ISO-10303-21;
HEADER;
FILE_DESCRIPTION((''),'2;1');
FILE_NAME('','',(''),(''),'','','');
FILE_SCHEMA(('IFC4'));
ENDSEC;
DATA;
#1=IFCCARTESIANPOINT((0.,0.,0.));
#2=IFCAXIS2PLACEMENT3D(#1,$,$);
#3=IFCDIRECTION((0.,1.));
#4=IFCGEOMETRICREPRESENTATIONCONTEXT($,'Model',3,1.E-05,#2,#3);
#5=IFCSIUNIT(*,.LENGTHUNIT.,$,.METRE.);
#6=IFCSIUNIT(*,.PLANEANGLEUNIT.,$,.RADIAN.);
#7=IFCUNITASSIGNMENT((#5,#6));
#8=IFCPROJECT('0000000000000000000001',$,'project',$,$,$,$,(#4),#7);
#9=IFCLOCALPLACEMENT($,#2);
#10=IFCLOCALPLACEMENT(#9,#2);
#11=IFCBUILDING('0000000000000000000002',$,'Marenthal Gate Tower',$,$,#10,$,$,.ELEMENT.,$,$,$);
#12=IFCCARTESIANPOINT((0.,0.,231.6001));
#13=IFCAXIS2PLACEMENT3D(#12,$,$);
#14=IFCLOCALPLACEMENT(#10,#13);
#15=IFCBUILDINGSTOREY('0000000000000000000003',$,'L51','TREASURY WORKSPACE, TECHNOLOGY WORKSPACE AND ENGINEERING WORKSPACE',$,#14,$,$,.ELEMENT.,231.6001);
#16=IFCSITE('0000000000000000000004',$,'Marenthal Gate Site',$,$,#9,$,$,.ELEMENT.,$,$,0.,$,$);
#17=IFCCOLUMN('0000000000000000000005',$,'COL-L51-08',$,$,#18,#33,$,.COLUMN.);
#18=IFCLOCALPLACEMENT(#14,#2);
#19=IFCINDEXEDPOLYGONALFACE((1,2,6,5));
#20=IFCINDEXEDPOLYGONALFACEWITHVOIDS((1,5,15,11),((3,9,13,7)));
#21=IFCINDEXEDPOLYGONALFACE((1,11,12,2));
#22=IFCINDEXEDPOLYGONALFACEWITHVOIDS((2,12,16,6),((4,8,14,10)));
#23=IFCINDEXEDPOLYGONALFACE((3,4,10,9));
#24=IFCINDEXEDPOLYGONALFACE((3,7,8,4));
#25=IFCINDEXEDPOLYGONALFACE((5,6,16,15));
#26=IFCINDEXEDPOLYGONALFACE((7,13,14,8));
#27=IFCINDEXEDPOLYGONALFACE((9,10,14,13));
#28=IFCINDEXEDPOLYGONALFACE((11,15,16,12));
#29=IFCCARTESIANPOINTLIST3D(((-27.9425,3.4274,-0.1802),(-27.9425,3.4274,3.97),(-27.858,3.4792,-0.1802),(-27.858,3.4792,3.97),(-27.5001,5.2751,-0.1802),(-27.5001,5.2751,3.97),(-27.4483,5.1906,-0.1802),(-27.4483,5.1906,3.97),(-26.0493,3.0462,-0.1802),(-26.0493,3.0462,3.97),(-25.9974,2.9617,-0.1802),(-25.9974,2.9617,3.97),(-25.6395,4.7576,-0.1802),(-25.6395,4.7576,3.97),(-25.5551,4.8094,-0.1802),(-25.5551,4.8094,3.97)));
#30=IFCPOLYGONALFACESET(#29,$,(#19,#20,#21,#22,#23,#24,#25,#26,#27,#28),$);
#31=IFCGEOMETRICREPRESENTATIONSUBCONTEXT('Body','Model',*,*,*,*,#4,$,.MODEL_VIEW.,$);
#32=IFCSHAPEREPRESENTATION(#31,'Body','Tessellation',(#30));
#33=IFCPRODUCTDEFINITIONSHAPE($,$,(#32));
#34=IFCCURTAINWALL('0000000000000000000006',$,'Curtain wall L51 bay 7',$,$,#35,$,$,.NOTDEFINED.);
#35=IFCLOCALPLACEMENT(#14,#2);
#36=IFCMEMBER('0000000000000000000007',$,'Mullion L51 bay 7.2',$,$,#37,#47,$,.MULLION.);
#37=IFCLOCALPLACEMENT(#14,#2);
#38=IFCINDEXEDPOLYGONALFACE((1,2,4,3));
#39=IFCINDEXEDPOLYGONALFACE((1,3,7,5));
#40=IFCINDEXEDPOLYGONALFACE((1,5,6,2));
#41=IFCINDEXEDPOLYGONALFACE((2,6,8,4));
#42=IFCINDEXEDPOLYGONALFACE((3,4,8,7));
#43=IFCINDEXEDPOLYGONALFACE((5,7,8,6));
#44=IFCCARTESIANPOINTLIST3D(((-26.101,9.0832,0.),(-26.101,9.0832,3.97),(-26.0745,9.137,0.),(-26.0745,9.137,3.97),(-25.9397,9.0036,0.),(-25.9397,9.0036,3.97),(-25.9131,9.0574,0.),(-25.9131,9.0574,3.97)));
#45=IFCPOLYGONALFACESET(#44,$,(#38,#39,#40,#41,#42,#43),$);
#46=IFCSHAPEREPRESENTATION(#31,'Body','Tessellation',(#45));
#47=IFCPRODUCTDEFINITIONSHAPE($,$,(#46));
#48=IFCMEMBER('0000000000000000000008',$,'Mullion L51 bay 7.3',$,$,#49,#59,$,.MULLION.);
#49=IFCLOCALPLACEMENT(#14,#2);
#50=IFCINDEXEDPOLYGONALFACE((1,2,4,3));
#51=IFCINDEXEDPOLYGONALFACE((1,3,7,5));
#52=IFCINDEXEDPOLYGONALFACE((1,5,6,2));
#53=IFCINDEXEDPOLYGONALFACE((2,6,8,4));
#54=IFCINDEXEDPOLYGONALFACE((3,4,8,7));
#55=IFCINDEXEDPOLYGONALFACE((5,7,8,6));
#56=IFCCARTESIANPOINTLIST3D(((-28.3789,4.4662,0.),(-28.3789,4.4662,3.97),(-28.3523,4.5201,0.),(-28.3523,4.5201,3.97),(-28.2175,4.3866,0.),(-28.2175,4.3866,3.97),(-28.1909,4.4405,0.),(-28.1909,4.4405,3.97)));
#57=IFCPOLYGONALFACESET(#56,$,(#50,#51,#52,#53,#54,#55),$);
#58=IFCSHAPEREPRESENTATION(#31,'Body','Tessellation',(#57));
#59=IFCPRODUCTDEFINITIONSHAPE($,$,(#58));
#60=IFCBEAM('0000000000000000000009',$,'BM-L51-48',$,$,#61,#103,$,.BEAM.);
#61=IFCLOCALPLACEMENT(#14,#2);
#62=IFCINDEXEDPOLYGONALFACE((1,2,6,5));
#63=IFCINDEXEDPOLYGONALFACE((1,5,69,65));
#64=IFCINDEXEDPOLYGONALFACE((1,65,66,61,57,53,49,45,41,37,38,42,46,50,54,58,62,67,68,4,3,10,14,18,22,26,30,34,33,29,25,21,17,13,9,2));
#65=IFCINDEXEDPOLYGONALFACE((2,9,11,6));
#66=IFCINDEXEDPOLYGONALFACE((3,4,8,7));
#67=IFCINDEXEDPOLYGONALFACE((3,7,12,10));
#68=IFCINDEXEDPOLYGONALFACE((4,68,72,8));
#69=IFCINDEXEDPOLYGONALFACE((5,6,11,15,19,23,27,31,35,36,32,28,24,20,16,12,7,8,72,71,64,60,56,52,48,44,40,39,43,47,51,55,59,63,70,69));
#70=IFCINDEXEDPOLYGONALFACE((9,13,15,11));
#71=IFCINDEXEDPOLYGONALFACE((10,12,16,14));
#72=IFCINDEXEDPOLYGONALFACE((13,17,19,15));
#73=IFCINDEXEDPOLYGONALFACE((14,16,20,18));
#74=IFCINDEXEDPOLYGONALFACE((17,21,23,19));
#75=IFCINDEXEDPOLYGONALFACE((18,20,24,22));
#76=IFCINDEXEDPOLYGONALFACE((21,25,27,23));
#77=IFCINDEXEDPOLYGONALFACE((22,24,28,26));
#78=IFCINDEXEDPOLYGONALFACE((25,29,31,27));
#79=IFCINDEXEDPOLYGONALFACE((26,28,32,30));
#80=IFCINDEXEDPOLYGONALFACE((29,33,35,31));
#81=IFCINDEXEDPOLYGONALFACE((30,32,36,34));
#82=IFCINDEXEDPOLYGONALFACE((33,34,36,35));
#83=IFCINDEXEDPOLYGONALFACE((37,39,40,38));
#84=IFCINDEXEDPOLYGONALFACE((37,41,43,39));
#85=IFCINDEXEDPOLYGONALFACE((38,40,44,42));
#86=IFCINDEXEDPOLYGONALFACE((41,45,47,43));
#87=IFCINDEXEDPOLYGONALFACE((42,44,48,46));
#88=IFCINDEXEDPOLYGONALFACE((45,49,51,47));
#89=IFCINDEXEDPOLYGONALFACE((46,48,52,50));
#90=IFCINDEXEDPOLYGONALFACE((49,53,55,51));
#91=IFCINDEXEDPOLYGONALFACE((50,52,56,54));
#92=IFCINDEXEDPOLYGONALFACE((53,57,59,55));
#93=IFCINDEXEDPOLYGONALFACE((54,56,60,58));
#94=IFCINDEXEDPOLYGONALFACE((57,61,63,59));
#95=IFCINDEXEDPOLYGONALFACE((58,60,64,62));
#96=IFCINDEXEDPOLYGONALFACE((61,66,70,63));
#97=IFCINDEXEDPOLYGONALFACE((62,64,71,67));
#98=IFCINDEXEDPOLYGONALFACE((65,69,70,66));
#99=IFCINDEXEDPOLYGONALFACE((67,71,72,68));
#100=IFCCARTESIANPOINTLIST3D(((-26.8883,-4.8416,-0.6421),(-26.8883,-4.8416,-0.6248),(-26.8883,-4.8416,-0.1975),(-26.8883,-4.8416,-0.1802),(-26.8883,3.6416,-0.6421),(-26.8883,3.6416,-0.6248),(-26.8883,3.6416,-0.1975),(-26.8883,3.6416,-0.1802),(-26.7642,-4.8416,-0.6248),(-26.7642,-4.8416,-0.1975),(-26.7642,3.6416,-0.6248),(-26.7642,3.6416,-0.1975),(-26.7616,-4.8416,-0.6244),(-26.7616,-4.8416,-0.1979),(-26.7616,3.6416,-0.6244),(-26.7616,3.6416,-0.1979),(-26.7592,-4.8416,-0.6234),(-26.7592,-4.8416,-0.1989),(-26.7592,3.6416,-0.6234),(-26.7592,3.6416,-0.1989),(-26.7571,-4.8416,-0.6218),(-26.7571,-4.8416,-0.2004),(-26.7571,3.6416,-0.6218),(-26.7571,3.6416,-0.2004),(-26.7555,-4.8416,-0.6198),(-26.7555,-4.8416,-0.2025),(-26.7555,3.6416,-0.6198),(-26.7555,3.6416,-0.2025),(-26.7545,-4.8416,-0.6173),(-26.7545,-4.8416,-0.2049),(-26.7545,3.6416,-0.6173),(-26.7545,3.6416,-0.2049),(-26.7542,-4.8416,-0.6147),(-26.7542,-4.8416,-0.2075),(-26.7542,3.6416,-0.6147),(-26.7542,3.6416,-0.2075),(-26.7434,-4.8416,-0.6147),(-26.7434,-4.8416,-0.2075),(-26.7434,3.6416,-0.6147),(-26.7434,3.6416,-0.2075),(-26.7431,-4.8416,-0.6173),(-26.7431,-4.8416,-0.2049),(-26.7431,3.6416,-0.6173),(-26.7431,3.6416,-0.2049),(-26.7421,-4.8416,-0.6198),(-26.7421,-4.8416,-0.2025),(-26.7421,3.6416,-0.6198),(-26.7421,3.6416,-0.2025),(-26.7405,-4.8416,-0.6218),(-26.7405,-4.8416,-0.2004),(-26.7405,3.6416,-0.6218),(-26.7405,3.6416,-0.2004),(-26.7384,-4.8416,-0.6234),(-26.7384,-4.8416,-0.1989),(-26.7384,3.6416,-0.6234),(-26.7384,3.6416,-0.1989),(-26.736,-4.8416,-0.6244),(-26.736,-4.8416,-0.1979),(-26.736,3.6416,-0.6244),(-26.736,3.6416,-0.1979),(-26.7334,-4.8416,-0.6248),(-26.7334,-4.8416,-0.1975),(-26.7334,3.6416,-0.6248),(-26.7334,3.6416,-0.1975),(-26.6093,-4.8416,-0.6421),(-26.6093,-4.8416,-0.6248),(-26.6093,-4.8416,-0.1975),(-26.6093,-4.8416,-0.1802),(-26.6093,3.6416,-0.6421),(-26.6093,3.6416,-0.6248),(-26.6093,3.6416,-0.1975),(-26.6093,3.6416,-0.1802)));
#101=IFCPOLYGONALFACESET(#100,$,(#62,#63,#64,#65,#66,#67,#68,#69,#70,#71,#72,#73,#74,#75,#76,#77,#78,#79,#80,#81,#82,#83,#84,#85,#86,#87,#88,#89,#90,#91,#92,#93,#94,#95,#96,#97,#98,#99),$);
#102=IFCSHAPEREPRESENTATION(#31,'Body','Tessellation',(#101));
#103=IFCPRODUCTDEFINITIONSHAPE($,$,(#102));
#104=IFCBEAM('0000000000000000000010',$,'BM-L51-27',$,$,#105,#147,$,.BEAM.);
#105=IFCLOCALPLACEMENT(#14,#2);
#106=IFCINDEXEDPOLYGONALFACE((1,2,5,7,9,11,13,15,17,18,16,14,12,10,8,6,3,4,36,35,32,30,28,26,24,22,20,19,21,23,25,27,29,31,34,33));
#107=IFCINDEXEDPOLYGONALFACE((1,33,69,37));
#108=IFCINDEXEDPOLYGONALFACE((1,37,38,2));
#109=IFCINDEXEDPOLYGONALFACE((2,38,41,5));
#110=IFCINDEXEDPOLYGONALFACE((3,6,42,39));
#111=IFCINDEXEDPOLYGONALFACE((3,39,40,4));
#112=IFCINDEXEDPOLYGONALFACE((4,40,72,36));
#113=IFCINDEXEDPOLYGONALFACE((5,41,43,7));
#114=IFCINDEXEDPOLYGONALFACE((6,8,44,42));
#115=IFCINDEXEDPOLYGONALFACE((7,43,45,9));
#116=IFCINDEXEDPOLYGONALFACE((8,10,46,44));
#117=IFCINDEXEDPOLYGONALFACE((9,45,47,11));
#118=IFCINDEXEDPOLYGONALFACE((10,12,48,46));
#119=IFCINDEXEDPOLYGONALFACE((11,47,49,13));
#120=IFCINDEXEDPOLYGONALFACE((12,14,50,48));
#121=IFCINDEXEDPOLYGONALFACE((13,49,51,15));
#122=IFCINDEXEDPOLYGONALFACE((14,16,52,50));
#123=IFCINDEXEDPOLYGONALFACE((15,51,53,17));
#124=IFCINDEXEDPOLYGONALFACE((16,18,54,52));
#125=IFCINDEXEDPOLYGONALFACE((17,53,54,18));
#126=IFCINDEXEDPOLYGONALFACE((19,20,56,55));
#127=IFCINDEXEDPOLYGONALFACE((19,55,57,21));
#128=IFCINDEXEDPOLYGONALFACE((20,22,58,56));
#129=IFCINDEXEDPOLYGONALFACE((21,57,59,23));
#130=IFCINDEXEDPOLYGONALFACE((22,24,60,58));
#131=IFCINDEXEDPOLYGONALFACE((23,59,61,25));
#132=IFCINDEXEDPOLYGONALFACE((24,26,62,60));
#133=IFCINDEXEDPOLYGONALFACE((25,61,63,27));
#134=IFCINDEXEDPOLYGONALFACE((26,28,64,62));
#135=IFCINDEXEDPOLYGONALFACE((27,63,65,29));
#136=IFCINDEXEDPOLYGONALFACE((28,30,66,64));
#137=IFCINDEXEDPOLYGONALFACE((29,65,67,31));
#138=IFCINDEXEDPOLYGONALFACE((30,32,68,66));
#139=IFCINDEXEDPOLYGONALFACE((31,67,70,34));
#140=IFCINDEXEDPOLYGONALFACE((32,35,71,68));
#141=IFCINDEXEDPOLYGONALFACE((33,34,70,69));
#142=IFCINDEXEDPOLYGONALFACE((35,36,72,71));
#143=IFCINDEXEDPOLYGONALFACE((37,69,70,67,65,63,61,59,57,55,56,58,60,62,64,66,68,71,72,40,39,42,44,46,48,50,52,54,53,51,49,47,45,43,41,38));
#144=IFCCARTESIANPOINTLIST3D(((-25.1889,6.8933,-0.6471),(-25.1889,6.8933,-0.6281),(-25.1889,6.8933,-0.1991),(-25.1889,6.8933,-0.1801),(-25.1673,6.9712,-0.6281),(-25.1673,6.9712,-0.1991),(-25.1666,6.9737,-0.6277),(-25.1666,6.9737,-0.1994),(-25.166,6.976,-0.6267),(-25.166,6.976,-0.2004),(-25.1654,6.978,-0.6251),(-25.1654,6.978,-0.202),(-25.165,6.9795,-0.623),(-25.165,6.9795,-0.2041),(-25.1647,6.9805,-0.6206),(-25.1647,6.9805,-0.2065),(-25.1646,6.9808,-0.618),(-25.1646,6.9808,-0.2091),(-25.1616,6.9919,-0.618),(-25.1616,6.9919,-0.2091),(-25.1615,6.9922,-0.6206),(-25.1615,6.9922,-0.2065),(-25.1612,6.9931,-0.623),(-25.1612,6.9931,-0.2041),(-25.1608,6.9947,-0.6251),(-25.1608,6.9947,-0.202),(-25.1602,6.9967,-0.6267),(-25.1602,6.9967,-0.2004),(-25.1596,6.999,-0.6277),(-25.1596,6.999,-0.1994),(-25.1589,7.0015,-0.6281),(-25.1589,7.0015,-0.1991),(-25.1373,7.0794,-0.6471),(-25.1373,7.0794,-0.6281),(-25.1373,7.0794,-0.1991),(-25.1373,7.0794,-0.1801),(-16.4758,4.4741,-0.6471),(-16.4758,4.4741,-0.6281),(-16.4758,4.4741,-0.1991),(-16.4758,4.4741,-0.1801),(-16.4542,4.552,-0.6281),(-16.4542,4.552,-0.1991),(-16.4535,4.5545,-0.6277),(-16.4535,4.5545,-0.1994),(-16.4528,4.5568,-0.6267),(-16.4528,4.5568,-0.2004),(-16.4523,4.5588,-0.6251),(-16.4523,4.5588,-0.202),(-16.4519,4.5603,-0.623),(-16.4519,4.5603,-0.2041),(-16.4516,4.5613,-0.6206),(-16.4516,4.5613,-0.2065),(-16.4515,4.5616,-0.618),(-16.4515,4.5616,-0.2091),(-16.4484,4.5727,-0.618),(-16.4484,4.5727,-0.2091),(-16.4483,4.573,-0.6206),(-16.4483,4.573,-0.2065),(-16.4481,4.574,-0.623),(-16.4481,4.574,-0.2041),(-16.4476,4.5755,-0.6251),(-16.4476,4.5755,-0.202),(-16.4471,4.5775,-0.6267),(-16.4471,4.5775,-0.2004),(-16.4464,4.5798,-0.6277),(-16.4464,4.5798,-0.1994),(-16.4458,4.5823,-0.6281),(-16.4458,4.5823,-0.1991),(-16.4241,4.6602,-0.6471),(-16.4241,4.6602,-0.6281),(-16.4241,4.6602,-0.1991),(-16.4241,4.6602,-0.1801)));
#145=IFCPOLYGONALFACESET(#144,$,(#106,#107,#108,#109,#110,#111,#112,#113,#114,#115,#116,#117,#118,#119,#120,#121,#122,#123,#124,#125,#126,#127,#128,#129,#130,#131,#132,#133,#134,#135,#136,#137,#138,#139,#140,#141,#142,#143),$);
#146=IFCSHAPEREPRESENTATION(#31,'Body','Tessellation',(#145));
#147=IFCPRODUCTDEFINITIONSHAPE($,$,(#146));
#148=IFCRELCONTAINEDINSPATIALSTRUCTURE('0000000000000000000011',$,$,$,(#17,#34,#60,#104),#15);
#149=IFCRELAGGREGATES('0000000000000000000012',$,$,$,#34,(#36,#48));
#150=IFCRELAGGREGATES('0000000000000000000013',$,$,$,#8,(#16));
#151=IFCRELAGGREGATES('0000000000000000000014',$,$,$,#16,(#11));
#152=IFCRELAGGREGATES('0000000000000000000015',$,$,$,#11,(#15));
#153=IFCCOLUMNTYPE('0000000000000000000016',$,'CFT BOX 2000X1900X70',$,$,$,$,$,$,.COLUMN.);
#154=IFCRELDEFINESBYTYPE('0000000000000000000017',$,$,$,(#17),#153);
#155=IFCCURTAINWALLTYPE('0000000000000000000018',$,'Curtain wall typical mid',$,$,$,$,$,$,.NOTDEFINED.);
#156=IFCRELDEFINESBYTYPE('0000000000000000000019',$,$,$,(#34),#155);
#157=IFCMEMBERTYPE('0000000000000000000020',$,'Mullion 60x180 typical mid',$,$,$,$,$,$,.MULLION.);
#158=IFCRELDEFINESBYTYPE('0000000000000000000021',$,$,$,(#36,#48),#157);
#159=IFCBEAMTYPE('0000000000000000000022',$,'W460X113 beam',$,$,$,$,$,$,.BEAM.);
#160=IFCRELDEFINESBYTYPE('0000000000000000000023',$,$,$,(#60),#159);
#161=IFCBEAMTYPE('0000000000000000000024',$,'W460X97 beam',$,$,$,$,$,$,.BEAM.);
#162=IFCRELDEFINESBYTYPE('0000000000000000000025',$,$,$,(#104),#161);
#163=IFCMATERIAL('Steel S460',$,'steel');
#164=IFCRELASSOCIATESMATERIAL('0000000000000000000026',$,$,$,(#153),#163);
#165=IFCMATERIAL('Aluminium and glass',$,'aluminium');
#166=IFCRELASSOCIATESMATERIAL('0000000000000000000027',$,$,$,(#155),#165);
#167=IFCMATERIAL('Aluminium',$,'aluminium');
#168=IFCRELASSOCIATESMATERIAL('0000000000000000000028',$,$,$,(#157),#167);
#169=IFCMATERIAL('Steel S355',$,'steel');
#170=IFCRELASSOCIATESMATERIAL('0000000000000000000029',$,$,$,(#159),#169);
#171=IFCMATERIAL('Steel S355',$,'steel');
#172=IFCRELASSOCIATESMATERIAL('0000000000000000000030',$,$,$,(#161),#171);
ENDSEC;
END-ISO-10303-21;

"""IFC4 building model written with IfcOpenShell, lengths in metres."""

from ifc_helpers import new_model, si_unit, direction, frame, origin, origin_2d, place, context, subcontext, project, spatial, rectangle, hollow_rectangle, i_section, extrude, material, material_profile, profile_set, type_object, element, aggregate, save


model = new_model("IFC4")

# Units and contexts
model_context = context("Model", 3, precision=1e-05, world=origin(), true_north=direction((0.0, 1.0)))
body_context = subcontext(model_context, "Body", "Model", "MODEL_VIEW")
ifc_project = project(units=[si_unit("LENGTHUNIT", "METRE"), si_unit("PLANEANGLEUNIT", "RADIAN")], contexts=[model_context])

# Site, building, storey
site_placement = place(None, origin())
site = spatial("IfcSite", under=ifc_project, at=site_placement, Name="Marenthal Gate Site", CompositionType="ELEMENT", RefElevation=0.0)
building_placement = place(site_placement, origin())
building = spatial("IfcBuilding", under=site, at=building_placement, Name="Marenthal Gate Tower", CompositionType="ELEMENT")
storey_placement = place(building_placement, frame((0.0, 0.0, 231.6001)))
storey = spatial("IfcBuildingStorey", under=building, at=storey_placement, Name="L51", Description="TREASURY WORKSPACE, TECHNOLOGY WORKSPACE AND ENGINEERING WORKSPACE", CompositionType="ELEMENT", Elevation=231.6001)

# Column
ifc_material_1 = material(Name="Steel S460", Category="steel")
ifc_material_profile_1 = material_profile(ifc_material_1, hollow_rectangle(XDim=1.8999, YDim=2.0, WallThickness=0.0701, at=origin_2d()), Name="CFT BOX 2000X1900X70")
ifc_material_2 = material(Name="Concrete 70 MPa", Category="concrete")
ifc_material_profile_2 = material_profile(ifc_material_2, rectangle(XDim=1.76, YDim=1.8601, at=origin_2d()), Name="CFT BOX 2000X1900X70 INFILL")
ifc_profile_set_1 = profile_set([ifc_material_profile_1, ifc_material_profile_2], Name="Steel S460 shell, Concrete 70 MPa infill")
column_type = type_object("IfcColumnType", Name="CFT BOX 2000X1900X70", PredefinedType="COLUMN", material=ifc_profile_set_1)
column_placement = place(storey_placement, frame((-26.7488, 4.1184, -0.1802), z_axis=(0.0, 0.0, 1.0), x_axis=(0.232822, 0.972519, 0.0)))
element("IfcColumn", 1, at=column_placement, inside=storey, type_object=column_type, Name="COL-L51-08", PredefinedType="COLUMN", context=body_context, shape_type="SweptSolid", body=[
    extrude(hollow_rectangle(XDim=1.8999, YDim=2.0, WallThickness=0.0701, at=origin_2d()), origin(), (0.0, 0.0, 1.0), 4.1501),
])

# Curtain wall, members
ifc_material_3 = material(Name="Aluminium and glass", Category="aluminium")
curtain_wall_type = type_object("IfcCurtainWallType", Name="Curtain wall typical mid", PredefinedType="NOTDEFINED", material=ifc_material_3)
curtain_wall_placement = place(storey_placement, origin())
curtain_wall = element("IfcCurtainWall", 2, at=curtain_wall_placement, inside=storey, type_object=curtain_wall_type, Name="Curtain wall L51 bay 7", PredefinedType="NOTDEFINED")
ifc_material_4 = material(Name="Aluminium", Category="aluminium")
ifc_material_profile_3 = material_profile(ifc_material_4, rectangle(XDim=0.1799, YDim=0.0601, at=origin_2d()), Name="60x180 aluminium mullion")
ifc_profile_set_2 = profile_set([ifc_material_profile_3], Name="Aluminium")
member_type = type_object("IfcMemberType", Name="Mullion 60x180 typical mid", PredefinedType="MULLION", material=ifc_profile_set_2)
member_1_placement = place(storey_placement, frame((-26.0071, 9.0703, 0.0), z_axis=(0.0, 0.0, 1.0), x_axis=(0.896798, -0.442441, 0.0)))
member_1 = element("IfcMember", 3, at=member_1_placement, type_object=member_type, Name="Mullion L51 bay 7.2", PredefinedType="MULLION", context=body_context, shape_type="SweptSolid", body=[
    extrude(rectangle(XDim=0.1799, YDim=0.0601, at=origin_2d()), origin(), (0.0, 0.0, 1.0), 3.97),
])
member_2_placement = place(storey_placement, frame((-28.2849, 4.4534, 0.0), z_axis=(0.0, 0.0, 1.0), x_axis=(0.896798, -0.442441, 0.0)))
member_2 = element("IfcMember", 4, at=member_2_placement, type_object=member_type, Name="Mullion L51 bay 7.3", PredefinedType="MULLION", context=body_context, shape_type="SweptSolid", body=[
    extrude(rectangle(XDim=0.1799, YDim=0.0601, at=origin_2d()), origin(), (0.0, 0.0, 1.0), 3.97),
])

# Beams
ifc_material_5 = material(Name="Steel S355", Category="steel")
ifc_material_profile_4 = material_profile(ifc_material_5, i_section(OverallWidth=0.2791, OverallDepth=0.4619, WebThickness=0.0107, FlangeThickness=0.0173, FilletRadius=0.01, at=origin_2d()), Name="W460X113")
ifc_profile_set_3 = profile_set([ifc_material_profile_4], Name="Steel S355")
beam_type_1 = type_object("IfcBeamType", Name="W460X113 beam", PredefinedType="BEAM", material=ifc_profile_set_3)
beam_1_placement = place(storey_placement, frame((-26.7488, 3.6416, -0.4111), z_axis=(0.0, -1.0, 0.0), x_axis=(1.0, 0.0, 0.0)))
element("IfcBeam", 5, at=beam_1_placement, inside=storey, type_object=beam_type_1, Name="BM-L51-48", PredefinedType="BEAM", context=body_context, shape_type="SweptSolid", body=[
    extrude(i_section(OverallWidth=0.2791, OverallDepth=0.4619, WebThickness=0.0107, FlangeThickness=0.0173, FilletRadius=0.01, at=origin_2d()), origin(), (0.0, 0.0, 1.0), 8.4832),
])
ifc_material_6 = material(Name="Steel S355", Category="steel")
ifc_material_profile_5 = material_profile(ifc_material_6, i_section(OverallWidth=0.1931, OverallDepth=0.467, WebThickness=0.0115, FlangeThickness=0.019, FilletRadius=0.01, at=origin_2d()), Name="W460X97")
ifc_profile_set_4 = profile_set([ifc_material_profile_5], Name="Steel S355")
beam_type_2 = type_object("IfcBeamType", Name="W460X97 beam", PredefinedType="BEAM", material=ifc_profile_set_4)
beam_2_placement = place(storey_placement, frame((-25.1631, 6.9863, -0.4136), z_axis=(0.96355, -0.267528, 0.0), x_axis=(0.267528, 0.96355, 0.0)))
element("IfcBeam", 6, at=beam_2_placement, inside=storey, type_object=beam_type_2, Name="BM-L51-27", PredefinedType="BEAM", context=body_context, shape_type="SweptSolid", body=[
    extrude(i_section(OverallWidth=0.1931, OverallDepth=0.467, WebThickness=0.0115, FlangeThickness=0.019, FilletRadius=0.01, at=origin_2d()), origin(), (0.0, 0.0, 1.0), 9.0427),
])

aggregate(curtain_wall, [member_1, member_2])

save(model, "model.ifc")
